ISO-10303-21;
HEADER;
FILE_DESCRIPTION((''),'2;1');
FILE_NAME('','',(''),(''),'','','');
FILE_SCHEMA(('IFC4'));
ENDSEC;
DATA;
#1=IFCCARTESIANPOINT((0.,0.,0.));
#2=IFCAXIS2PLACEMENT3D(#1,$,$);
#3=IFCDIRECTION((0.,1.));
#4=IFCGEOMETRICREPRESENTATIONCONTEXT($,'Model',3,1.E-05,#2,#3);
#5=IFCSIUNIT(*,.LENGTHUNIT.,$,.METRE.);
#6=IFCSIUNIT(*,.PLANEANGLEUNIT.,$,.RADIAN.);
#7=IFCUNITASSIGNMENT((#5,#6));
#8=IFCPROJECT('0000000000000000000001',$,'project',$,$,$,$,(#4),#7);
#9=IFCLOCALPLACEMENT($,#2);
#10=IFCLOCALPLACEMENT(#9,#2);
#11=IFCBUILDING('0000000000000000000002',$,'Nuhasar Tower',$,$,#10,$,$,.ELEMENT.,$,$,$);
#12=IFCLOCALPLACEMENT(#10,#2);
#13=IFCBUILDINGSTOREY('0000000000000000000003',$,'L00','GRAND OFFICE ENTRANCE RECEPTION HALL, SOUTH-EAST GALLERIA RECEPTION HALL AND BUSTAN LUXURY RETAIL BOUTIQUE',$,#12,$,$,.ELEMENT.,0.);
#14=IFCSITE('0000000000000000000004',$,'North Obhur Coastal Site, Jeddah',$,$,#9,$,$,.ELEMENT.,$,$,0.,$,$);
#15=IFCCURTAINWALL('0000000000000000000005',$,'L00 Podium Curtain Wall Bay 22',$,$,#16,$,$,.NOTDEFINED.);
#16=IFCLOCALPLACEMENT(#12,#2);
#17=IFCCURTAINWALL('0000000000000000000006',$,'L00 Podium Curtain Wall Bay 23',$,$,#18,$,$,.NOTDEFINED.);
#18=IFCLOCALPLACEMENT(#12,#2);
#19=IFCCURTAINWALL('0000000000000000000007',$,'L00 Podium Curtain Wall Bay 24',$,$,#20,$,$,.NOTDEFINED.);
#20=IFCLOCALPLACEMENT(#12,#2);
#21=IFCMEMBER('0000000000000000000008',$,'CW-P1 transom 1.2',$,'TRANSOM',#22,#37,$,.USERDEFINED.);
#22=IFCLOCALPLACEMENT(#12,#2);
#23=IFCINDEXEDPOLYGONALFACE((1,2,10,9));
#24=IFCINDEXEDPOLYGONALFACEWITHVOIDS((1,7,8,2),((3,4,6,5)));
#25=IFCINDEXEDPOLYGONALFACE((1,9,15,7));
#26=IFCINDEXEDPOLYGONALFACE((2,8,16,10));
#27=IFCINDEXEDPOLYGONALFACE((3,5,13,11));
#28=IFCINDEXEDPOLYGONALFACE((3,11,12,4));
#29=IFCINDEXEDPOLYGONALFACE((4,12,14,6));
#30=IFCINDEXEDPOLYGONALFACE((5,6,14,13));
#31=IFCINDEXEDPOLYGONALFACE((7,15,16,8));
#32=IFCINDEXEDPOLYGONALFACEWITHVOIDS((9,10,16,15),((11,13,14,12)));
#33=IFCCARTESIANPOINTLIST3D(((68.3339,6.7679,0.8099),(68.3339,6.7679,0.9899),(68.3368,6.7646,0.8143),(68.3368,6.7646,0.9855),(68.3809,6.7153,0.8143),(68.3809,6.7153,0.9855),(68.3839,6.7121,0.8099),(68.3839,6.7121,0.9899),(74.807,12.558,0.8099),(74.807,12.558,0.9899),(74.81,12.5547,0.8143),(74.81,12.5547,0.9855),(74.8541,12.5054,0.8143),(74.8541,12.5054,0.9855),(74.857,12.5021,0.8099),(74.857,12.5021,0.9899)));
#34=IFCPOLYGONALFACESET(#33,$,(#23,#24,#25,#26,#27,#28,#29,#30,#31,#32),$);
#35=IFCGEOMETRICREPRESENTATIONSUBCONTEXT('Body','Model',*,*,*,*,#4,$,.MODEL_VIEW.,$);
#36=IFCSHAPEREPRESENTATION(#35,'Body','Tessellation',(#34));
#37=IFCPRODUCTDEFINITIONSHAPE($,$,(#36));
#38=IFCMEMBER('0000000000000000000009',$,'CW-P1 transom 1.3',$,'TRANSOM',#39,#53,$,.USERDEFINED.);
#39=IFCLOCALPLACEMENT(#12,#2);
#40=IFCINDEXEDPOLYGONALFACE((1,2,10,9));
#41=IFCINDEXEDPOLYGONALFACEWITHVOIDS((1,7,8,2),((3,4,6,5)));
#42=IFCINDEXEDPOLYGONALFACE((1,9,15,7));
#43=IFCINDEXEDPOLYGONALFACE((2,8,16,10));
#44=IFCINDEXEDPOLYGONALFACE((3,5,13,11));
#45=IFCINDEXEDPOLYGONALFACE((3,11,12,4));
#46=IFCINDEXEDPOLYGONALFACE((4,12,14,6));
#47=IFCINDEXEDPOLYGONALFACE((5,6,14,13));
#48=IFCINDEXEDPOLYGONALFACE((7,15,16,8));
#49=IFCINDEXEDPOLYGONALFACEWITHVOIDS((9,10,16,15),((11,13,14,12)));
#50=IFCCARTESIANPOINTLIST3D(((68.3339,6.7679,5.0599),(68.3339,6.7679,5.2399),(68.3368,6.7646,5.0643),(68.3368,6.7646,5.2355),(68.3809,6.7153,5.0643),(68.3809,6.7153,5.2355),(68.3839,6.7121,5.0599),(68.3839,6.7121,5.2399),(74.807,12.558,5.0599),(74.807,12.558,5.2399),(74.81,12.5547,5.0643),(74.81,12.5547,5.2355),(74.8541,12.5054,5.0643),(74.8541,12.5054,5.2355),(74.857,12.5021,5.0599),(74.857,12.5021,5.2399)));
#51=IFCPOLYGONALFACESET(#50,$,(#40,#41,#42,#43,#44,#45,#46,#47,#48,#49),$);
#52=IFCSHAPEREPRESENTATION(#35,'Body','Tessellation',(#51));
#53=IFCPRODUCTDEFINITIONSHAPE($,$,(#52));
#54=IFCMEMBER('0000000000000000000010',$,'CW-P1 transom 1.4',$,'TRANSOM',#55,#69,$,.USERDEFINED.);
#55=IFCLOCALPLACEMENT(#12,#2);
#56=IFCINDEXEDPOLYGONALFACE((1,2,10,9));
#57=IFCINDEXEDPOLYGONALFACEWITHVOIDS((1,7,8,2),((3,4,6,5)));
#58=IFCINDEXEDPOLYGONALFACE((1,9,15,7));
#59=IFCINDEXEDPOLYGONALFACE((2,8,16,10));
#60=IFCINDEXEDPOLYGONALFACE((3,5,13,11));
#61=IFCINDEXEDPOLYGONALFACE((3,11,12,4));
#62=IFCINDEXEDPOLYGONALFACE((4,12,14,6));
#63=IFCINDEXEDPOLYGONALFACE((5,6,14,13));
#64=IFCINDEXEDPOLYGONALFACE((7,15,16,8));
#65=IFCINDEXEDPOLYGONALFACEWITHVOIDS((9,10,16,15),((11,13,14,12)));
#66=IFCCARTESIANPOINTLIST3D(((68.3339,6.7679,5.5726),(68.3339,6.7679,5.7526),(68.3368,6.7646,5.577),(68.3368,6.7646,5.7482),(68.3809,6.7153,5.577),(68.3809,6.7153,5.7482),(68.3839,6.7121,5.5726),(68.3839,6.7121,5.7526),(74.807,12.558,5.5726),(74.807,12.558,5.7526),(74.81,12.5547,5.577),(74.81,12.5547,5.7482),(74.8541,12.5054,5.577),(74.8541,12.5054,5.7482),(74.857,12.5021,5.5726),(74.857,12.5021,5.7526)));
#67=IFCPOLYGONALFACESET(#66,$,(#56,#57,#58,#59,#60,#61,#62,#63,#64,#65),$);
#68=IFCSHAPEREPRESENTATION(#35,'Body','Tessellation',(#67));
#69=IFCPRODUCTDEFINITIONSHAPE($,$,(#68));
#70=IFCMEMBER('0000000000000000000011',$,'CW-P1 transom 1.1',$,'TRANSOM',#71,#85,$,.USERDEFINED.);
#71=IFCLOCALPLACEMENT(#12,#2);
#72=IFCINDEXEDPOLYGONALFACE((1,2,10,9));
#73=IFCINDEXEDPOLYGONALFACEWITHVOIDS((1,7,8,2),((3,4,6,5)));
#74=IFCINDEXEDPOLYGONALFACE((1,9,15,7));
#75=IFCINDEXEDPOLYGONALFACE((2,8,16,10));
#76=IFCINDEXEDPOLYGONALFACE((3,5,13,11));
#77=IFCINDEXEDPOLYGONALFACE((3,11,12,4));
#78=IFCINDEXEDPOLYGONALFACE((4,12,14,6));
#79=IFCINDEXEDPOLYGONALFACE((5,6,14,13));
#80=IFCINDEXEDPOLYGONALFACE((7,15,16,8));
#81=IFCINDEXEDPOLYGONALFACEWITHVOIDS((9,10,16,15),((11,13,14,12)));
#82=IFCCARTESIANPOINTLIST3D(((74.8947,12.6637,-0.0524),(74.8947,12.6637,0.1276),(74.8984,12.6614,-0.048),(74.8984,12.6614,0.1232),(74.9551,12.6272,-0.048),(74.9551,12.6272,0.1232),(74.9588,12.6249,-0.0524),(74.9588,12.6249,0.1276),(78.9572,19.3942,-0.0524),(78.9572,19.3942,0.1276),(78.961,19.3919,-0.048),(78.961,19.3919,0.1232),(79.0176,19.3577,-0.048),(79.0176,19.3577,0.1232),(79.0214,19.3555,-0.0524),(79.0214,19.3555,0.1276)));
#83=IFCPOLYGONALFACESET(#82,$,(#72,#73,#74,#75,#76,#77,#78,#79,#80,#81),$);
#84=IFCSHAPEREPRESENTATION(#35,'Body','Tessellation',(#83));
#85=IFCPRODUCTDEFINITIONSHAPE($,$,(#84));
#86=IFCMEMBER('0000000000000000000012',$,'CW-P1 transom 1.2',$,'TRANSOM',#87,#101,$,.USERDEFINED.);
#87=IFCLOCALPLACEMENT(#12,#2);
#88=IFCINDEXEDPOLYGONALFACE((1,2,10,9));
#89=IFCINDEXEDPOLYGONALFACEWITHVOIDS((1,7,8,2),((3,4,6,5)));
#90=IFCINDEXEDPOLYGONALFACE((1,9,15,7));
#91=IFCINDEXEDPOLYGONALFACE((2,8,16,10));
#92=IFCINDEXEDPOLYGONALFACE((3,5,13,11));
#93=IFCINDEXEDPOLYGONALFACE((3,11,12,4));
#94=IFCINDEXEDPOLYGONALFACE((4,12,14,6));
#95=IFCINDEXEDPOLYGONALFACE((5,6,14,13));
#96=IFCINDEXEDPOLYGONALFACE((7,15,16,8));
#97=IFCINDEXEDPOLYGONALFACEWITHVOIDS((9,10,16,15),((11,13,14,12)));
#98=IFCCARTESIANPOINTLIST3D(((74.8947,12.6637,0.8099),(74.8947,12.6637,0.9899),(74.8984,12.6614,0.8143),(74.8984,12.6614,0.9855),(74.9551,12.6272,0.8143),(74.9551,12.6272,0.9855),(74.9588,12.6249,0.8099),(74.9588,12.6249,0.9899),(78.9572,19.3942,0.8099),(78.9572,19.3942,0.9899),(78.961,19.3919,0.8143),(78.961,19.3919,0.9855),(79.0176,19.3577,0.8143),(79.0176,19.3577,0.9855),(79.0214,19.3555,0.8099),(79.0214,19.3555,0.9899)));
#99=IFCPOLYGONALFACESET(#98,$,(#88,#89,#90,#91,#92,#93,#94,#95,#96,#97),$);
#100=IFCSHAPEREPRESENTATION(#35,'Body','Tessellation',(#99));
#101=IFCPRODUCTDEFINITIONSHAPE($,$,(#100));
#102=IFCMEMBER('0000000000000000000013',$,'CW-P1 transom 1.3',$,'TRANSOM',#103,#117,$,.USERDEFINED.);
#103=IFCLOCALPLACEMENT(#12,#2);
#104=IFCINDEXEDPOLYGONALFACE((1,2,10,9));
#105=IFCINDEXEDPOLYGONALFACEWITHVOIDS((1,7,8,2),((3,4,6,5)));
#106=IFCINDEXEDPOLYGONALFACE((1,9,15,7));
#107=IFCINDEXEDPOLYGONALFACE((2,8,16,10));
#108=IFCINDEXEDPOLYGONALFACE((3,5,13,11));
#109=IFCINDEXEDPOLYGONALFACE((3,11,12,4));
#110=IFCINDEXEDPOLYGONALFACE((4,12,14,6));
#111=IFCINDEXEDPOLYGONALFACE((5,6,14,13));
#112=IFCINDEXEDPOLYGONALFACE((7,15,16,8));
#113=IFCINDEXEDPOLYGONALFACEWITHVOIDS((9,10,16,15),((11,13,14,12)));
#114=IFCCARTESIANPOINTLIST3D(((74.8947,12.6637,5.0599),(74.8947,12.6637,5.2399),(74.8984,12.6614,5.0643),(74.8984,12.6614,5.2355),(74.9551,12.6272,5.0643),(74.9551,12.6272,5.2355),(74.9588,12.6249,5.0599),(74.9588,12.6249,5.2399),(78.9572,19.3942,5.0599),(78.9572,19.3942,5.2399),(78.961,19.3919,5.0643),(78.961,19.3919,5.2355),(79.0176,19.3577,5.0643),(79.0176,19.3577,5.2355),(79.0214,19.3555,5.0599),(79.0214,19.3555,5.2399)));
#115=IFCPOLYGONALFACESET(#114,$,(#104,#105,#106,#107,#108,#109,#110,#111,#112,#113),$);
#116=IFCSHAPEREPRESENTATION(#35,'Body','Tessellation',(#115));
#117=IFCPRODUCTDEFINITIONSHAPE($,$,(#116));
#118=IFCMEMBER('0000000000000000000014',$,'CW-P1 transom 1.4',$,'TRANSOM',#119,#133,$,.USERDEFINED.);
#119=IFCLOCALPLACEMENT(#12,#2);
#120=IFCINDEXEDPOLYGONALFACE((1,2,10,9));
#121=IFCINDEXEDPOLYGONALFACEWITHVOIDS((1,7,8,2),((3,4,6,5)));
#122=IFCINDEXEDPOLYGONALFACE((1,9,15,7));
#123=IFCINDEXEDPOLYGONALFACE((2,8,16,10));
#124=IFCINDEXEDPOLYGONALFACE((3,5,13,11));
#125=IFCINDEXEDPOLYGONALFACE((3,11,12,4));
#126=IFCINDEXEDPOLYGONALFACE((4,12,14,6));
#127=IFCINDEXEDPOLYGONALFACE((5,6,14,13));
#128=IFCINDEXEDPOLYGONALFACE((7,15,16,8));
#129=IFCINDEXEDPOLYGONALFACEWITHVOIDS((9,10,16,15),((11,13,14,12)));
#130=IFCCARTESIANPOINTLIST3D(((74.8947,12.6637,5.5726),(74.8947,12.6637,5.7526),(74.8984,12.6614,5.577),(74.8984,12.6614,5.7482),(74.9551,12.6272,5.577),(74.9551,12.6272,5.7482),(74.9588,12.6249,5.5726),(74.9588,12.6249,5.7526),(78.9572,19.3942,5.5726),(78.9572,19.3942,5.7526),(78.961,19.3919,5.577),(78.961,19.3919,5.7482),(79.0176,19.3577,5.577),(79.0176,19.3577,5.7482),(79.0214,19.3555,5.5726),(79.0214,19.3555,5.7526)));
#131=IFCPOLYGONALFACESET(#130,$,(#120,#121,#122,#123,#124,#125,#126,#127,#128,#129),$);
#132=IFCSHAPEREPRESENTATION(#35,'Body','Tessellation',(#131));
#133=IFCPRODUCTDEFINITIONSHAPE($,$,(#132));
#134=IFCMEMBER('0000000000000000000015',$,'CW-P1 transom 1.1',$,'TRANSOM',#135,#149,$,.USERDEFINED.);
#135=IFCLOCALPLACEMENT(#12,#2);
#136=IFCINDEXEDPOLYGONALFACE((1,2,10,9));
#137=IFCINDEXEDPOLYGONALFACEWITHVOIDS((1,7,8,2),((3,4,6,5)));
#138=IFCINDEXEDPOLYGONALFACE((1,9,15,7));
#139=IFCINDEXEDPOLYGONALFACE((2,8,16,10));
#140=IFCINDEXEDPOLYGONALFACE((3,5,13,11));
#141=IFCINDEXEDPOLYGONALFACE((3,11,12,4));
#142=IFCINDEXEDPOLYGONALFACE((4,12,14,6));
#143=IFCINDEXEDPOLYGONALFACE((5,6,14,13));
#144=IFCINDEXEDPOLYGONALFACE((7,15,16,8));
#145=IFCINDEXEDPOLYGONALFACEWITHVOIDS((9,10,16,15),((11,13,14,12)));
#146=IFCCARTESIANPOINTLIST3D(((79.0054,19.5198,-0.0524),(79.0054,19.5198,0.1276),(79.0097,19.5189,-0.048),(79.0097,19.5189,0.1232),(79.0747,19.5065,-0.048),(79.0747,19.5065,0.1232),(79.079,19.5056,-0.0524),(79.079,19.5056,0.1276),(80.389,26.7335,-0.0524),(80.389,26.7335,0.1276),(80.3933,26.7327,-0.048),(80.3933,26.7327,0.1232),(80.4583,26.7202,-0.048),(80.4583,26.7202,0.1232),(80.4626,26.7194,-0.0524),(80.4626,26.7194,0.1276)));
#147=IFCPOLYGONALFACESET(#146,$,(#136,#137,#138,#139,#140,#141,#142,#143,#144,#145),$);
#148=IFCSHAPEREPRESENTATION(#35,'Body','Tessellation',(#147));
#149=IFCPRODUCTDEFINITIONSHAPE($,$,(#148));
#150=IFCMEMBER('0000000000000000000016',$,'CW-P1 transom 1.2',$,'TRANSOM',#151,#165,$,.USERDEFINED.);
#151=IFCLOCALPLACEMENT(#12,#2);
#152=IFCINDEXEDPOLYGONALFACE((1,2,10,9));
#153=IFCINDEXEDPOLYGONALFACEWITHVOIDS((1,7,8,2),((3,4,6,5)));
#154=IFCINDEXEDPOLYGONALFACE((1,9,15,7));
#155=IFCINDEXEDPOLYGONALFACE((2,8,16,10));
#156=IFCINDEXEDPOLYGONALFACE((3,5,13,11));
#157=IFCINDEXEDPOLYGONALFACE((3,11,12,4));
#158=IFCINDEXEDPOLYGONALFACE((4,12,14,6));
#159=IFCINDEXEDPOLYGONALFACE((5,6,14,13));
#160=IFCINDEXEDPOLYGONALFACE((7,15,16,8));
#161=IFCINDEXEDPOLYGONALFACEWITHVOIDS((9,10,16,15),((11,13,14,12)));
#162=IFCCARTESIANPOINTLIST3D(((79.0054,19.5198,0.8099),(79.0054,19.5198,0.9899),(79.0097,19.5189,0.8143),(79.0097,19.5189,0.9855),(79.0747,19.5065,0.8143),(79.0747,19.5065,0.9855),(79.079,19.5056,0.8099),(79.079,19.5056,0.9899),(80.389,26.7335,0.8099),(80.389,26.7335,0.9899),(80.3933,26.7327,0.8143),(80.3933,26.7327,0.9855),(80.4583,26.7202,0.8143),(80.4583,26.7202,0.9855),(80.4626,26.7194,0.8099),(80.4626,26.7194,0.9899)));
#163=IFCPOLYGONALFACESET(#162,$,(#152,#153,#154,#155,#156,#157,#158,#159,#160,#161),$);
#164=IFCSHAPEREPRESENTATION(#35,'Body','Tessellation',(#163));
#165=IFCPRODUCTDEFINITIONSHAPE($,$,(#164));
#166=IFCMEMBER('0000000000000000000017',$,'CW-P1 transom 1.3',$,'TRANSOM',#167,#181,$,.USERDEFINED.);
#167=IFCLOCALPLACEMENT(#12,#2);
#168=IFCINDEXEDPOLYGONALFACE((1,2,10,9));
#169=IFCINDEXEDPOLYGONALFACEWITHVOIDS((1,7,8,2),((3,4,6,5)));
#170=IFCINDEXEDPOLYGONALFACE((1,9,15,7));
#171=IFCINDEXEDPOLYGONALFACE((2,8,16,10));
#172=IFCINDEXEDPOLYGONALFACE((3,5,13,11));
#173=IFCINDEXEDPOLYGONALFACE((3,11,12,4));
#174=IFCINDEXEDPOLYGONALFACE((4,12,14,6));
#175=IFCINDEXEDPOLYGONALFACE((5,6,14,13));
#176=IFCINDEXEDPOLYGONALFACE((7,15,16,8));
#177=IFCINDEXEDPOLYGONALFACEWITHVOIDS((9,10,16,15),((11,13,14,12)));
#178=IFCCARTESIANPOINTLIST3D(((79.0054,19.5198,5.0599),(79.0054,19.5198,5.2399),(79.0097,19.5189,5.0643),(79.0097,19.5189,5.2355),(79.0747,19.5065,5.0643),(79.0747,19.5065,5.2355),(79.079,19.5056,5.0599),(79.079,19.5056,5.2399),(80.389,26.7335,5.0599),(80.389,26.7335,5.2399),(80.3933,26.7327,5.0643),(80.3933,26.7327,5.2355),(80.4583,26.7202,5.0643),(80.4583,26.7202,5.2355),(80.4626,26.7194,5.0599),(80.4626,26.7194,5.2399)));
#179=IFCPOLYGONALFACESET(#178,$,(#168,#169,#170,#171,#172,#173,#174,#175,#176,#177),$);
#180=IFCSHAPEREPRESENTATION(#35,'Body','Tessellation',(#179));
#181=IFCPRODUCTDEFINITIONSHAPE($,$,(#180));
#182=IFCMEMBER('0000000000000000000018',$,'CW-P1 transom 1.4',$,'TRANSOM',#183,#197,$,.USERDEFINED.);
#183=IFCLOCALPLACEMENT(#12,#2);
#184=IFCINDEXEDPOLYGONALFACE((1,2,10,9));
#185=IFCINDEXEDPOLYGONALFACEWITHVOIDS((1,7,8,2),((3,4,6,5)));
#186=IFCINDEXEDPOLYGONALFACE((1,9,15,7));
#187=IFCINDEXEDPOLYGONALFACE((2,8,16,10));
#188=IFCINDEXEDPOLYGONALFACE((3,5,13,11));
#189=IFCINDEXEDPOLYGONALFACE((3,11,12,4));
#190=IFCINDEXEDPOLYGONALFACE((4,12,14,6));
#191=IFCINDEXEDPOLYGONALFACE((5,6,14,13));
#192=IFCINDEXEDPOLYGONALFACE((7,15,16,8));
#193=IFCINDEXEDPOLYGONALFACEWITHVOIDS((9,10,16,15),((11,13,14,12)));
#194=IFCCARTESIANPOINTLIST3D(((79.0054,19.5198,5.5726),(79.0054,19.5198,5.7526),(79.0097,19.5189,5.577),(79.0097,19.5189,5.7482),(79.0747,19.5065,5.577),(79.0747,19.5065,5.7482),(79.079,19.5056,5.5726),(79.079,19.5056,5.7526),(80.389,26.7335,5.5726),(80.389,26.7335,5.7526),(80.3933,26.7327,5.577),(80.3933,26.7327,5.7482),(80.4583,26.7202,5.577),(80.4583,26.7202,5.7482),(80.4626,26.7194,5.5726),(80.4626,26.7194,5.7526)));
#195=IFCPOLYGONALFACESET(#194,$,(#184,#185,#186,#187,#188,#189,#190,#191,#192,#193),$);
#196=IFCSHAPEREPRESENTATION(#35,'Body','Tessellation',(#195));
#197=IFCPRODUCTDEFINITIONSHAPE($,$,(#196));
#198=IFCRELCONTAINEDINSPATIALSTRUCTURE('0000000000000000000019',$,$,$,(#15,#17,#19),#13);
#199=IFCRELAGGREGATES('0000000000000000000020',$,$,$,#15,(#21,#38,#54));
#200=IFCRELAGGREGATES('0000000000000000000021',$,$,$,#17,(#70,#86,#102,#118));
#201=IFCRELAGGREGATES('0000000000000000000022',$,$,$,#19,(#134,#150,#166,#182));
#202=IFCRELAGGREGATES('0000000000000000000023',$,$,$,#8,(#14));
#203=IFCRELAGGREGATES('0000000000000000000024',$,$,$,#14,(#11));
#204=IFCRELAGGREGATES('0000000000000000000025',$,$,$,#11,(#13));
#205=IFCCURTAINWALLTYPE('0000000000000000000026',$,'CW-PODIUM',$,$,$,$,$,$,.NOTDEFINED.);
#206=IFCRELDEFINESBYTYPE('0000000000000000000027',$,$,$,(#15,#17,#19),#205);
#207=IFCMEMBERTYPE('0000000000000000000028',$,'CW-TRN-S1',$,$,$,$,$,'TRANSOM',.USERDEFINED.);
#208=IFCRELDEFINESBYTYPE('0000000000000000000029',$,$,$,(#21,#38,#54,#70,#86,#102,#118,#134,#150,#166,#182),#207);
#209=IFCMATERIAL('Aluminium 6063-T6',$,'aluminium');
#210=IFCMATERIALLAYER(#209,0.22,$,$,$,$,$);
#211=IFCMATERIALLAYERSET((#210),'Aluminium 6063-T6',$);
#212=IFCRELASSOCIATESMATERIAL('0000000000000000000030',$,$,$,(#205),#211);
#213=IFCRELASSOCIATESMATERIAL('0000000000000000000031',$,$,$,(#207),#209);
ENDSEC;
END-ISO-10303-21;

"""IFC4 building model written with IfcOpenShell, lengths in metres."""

from ifc_helpers import new_model, si_unit, direction, frame, origin, origin_2d, place, context, subcontext, project, spatial, hollow_rectangle, extrude, material, layer, layer_set, material_profile, profile_set, type_object, element, aggregate, save


model = new_model("IFC4")

# Units and contexts
model_context = context("Model", 3, precision=1e-05, world=origin(), true_north=direction((0.0, 1.0)))
body_context = subcontext(model_context, "Body", "Model", "MODEL_VIEW")
ifc_project = project(units=[si_unit("LENGTHUNIT", "METRE"), si_unit("PLANEANGLEUNIT", "RADIAN")], contexts=[model_context])

# Site, building, storey
site_placement = place(None, origin())
site = spatial("IfcSite", under=ifc_project, at=site_placement, Name="North Obhur Coastal Site, Jeddah", CompositionType="ELEMENT", RefElevation=0.0)
building_placement = place(site_placement, origin())
building = spatial("IfcBuilding", under=site, at=building_placement, Name="Nuhasar Tower", CompositionType="ELEMENT")
storey_placement = place(building_placement, origin())
storey = spatial("IfcBuildingStorey", under=building, at=storey_placement, Name="L00", Description="GRAND OFFICE ENTRANCE RECEPTION HALL, SOUTH-EAST GALLERIA RECEPTION HALL AND BUSTAN LUXURY RETAIL BOUTIQUE", CompositionType="ELEMENT", Elevation=0.0)

# Shared definitions
ifc_material_1 = material(Name="Aluminium 6063-T6", Category="aluminium")
ifc_layer_1 = layer(ifc_material_1, 0.22)
ifc_layer_set_1 = layer_set([ifc_layer_1], Name="Aluminium 6063-T6")
curtain_wall_type = type_object("IfcCurtainWallType", Name="CW-PODIUM", PredefinedType="NOTDEFINED", material=ifc_layer_set_1)

# Curtain walls
curtain_wall_1_placement = place(storey_placement, origin())
curtain_wall_1 = element("IfcCurtainWall", 1, at=curtain_wall_1_placement, inside=storey, type_object=curtain_wall_type, Name="L00 Podium Curtain Wall Bay 22", PredefinedType="NOTDEFINED")
curtain_wall_2_placement = place(storey_placement, origin())
curtain_wall_2 = element("IfcCurtainWall", 2, at=curtain_wall_2_placement, inside=storey, type_object=curtain_wall_type, Name="L00 Podium Curtain Wall Bay 23", PredefinedType="NOTDEFINED")

# Curtain wall
curtain_wall_3_placement = place(storey_placement, origin())
curtain_wall_3 = element("IfcCurtainWall", 3, at=curtain_wall_3_placement, inside=storey, type_object=curtain_wall_type, Name="L00 Podium Curtain Wall Bay 24", PredefinedType="NOTDEFINED")

# Members
ifc_material_profile_1 = material_profile(ifc_material_1, hollow_rectangle(XDim=0.075, YDim=0.1799, WallThickness=0.0044, at=origin_2d()), Name="CWT-1")
ifc_profile_set_1 = profile_set([ifc_material_profile_1], Name="Aluminium 6063-T6")
member_type_1 = type_object("IfcMemberType", Name="CW-TRN-S1", ElementType="TRANSOM", PredefinedType="USERDEFINED", material=ifc_profile_set_1)
member_1_placement = place(storey_placement, frame((68.3589, 6.74, 0.8999), z_axis=(0.74534, 0.666685, 0.0), x_axis=(-0.666685, 0.74534, 0.0)))
member_1 = element("IfcMember", 4, at=member_1_placement, type_object=member_type_1, Name="CW-P1 transom 1.2", ObjectType="TRANSOM", PredefinedType="USERDEFINED", context=body_context, shape_type="SweptSolid", body=[
    extrude(hollow_rectangle(XDim=0.075, YDim=0.1799, WallThickness=0.0044, at=origin_2d()), origin(), (0.0, 0.0, 1.0), 8.6848),
])
member_2_placement = place(storey_placement, frame((68.3589, 6.74, 5.1499), z_axis=(0.74534, 0.666685, 0.0), x_axis=(-0.666685, 0.74534, 0.0)))
member_2 = element("IfcMember", 5, at=member_2_placement, type_object=member_type_1, Name="CW-P1 transom 1.3", ObjectType="TRANSOM", PredefinedType="USERDEFINED", context=body_context, shape_type="SweptSolid", body=[
    extrude(hollow_rectangle(XDim=0.075, YDim=0.1799, WallThickness=0.0044, at=origin_2d()), origin(), (0.0, 0.0, 1.0), 8.6848),
])
member_3_placement = place(storey_placement, frame((68.3589, 6.74, 5.6626), z_axis=(0.74534, 0.666685, 0.0), x_axis=(-0.666685, 0.74534, 0.0)))
member_3 = element("IfcMember", 6, at=member_3_placement, type_object=member_type_1, Name="CW-P1 transom 1.4", ObjectType="TRANSOM", PredefinedType="USERDEFINED", context=body_context, shape_type="SweptSolid", body=[
    extrude(hollow_rectangle(XDim=0.075, YDim=0.1799, WallThickness=0.0044, at=origin_2d()), origin(), (0.0, 0.0, 1.0), 8.6848),
])
member_4_placement = place(storey_placement, frame((74.9268, 12.6443, 0.0376), z_axis=(0.516759, 0.856131, 0.0), x_axis=(-0.856131, 0.516759, 0.0)))
member_4 = element("IfcMember", 7, at=member_4_placement, type_object=member_type_1, Name="CW-P1 transom 1.1", ObjectType="TRANSOM", PredefinedType="USERDEFINED", context=body_context, shape_type="SweptSolid", body=[
    extrude(hollow_rectangle(XDim=0.075, YDim=0.1799, WallThickness=0.0044, at=origin_2d()), origin(), (0.0, 0.0, 1.0), 7.8616),
])
member_5_placement = place(storey_placement, frame((74.9268, 12.6443, 0.8999), z_axis=(0.516759, 0.856131, 0.0), x_axis=(-0.856131, 0.516759, 0.0)))
member_5 = element("IfcMember", 8, at=member_5_placement, type_object=member_type_1, Name="CW-P1 transom 1.2", ObjectType="TRANSOM", PredefinedType="USERDEFINED", context=body_context, shape_type="SweptSolid", body=[
    extrude(hollow_rectangle(XDim=0.075, YDim=0.1799, WallThickness=0.0044, at=origin_2d()), origin(), (0.0, 0.0, 1.0), 7.8616),
])
member_6_placement = place(storey_placement, frame((74.9268, 12.6443, 5.1499), z_axis=(0.516759, 0.856131, 0.0), x_axis=(-0.856131, 0.516759, 0.0)))
member_6 = element("IfcMember", 9, at=member_6_placement, type_object=member_type_1, Name="CW-P1 transom 1.3", ObjectType="TRANSOM", PredefinedType="USERDEFINED", context=body_context, shape_type="SweptSolid", body=[
    extrude(hollow_rectangle(XDim=0.075, YDim=0.1799, WallThickness=0.0044, at=origin_2d()), origin(), (0.0, 0.0, 1.0), 7.8616),
])
member_7_placement = place(storey_placement, frame((74.9268, 12.6443, 5.6626), z_axis=(0.516759, 0.856131, 0.0), x_axis=(-0.856131, 0.516759, 0.0)))
member_7 = element("IfcMember", 10, at=member_7_placement, type_object=member_type_1, Name="CW-P1 transom 1.4", ObjectType="TRANSOM", PredefinedType="USERDEFINED", context=body_context, shape_type="SweptSolid", body=[
    extrude(hollow_rectangle(XDim=0.075, YDim=0.1799, WallThickness=0.0044, at=origin_2d()), origin(), (0.0, 0.0, 1.0), 7.8616),
])
member_8_placement = place(storey_placement, frame((79.0422, 19.5127, 0.0376), z_axis=(0.188363, 0.982099, 0.0), x_axis=(-0.982099, 0.188363, 0.0)))
member_8 = element("IfcMember", 11, at=member_8_placement, type_object=member_type_1, Name="CW-P1 transom 1.1", ObjectType="TRANSOM", PredefinedType="USERDEFINED", context=body_context, shape_type="SweptSolid", body=[
    extrude(hollow_rectangle(XDim=0.075, YDim=0.1799, WallThickness=0.0044, at=origin_2d()), origin(), (0.0, 0.0, 1.0), 7.3452),
])
member_9_placement = place(storey_placement, frame((79.0422, 19.5127, 0.8999), z_axis=(0.188363, 0.982099, 0.0), x_axis=(-0.982099, 0.188363, 0.0)))
member_9 = element("IfcMember", 12, at=member_9_placement, type_object=member_type_1, Name="CW-P1 transom 1.2", ObjectType="TRANSOM", PredefinedType="USERDEFINED", context=body_context, shape_type="SweptSolid", body=[
    extrude(hollow_rectangle(XDim=0.075, YDim=0.1799, WallThickness=0.0044, at=origin_2d()), origin(), (0.0, 0.0, 1.0), 7.3452),
])
member_10_placement = place(storey_placement, frame((79.0422, 19.5127, 5.1499), z_axis=(0.188363, 0.982099, 0.0), x_axis=(-0.982099, 0.188363, 0.0)))
member_10 = element("IfcMember", 13, at=member_10_placement, type_object=member_type_1, Name="CW-P1 transom 1.3", ObjectType="TRANSOM", PredefinedType="USERDEFINED", context=body_context, shape_type="SweptSolid", body=[
    extrude(hollow_rectangle(XDim=0.075, YDim=0.1799, WallThickness=0.0044, at=origin_2d()), origin(), (0.0, 0.0, 1.0), 7.3452),
])
member_11_placement = place(storey_placement, frame((79.0422, 19.5127, 5.6626), z_axis=(0.188363, 0.982099, 0.0), x_axis=(-0.982099, 0.188363, 0.0)))
member_11 = element("IfcMember", 14, at=member_11_placement, type_object=member_type_1, Name="CW-P1 transom 1.4", ObjectType="TRANSOM", PredefinedType="USERDEFINED", context=body_context, shape_type="SweptSolid", body=[
    extrude(hollow_rectangle(XDim=0.075, YDim=0.1799, WallThickness=0.0044, at=origin_2d()), origin(), (0.0, 0.0, 1.0), 7.3452),
])

aggregate(curtain_wall_1, [member_1, member_2, member_3])
aggregate(curtain_wall_2, [member_4, member_5, member_6, member_7])
aggregate(curtain_wall_3, [member_8, member_9, member_10, member_11])

save(model, "model.ifc")
